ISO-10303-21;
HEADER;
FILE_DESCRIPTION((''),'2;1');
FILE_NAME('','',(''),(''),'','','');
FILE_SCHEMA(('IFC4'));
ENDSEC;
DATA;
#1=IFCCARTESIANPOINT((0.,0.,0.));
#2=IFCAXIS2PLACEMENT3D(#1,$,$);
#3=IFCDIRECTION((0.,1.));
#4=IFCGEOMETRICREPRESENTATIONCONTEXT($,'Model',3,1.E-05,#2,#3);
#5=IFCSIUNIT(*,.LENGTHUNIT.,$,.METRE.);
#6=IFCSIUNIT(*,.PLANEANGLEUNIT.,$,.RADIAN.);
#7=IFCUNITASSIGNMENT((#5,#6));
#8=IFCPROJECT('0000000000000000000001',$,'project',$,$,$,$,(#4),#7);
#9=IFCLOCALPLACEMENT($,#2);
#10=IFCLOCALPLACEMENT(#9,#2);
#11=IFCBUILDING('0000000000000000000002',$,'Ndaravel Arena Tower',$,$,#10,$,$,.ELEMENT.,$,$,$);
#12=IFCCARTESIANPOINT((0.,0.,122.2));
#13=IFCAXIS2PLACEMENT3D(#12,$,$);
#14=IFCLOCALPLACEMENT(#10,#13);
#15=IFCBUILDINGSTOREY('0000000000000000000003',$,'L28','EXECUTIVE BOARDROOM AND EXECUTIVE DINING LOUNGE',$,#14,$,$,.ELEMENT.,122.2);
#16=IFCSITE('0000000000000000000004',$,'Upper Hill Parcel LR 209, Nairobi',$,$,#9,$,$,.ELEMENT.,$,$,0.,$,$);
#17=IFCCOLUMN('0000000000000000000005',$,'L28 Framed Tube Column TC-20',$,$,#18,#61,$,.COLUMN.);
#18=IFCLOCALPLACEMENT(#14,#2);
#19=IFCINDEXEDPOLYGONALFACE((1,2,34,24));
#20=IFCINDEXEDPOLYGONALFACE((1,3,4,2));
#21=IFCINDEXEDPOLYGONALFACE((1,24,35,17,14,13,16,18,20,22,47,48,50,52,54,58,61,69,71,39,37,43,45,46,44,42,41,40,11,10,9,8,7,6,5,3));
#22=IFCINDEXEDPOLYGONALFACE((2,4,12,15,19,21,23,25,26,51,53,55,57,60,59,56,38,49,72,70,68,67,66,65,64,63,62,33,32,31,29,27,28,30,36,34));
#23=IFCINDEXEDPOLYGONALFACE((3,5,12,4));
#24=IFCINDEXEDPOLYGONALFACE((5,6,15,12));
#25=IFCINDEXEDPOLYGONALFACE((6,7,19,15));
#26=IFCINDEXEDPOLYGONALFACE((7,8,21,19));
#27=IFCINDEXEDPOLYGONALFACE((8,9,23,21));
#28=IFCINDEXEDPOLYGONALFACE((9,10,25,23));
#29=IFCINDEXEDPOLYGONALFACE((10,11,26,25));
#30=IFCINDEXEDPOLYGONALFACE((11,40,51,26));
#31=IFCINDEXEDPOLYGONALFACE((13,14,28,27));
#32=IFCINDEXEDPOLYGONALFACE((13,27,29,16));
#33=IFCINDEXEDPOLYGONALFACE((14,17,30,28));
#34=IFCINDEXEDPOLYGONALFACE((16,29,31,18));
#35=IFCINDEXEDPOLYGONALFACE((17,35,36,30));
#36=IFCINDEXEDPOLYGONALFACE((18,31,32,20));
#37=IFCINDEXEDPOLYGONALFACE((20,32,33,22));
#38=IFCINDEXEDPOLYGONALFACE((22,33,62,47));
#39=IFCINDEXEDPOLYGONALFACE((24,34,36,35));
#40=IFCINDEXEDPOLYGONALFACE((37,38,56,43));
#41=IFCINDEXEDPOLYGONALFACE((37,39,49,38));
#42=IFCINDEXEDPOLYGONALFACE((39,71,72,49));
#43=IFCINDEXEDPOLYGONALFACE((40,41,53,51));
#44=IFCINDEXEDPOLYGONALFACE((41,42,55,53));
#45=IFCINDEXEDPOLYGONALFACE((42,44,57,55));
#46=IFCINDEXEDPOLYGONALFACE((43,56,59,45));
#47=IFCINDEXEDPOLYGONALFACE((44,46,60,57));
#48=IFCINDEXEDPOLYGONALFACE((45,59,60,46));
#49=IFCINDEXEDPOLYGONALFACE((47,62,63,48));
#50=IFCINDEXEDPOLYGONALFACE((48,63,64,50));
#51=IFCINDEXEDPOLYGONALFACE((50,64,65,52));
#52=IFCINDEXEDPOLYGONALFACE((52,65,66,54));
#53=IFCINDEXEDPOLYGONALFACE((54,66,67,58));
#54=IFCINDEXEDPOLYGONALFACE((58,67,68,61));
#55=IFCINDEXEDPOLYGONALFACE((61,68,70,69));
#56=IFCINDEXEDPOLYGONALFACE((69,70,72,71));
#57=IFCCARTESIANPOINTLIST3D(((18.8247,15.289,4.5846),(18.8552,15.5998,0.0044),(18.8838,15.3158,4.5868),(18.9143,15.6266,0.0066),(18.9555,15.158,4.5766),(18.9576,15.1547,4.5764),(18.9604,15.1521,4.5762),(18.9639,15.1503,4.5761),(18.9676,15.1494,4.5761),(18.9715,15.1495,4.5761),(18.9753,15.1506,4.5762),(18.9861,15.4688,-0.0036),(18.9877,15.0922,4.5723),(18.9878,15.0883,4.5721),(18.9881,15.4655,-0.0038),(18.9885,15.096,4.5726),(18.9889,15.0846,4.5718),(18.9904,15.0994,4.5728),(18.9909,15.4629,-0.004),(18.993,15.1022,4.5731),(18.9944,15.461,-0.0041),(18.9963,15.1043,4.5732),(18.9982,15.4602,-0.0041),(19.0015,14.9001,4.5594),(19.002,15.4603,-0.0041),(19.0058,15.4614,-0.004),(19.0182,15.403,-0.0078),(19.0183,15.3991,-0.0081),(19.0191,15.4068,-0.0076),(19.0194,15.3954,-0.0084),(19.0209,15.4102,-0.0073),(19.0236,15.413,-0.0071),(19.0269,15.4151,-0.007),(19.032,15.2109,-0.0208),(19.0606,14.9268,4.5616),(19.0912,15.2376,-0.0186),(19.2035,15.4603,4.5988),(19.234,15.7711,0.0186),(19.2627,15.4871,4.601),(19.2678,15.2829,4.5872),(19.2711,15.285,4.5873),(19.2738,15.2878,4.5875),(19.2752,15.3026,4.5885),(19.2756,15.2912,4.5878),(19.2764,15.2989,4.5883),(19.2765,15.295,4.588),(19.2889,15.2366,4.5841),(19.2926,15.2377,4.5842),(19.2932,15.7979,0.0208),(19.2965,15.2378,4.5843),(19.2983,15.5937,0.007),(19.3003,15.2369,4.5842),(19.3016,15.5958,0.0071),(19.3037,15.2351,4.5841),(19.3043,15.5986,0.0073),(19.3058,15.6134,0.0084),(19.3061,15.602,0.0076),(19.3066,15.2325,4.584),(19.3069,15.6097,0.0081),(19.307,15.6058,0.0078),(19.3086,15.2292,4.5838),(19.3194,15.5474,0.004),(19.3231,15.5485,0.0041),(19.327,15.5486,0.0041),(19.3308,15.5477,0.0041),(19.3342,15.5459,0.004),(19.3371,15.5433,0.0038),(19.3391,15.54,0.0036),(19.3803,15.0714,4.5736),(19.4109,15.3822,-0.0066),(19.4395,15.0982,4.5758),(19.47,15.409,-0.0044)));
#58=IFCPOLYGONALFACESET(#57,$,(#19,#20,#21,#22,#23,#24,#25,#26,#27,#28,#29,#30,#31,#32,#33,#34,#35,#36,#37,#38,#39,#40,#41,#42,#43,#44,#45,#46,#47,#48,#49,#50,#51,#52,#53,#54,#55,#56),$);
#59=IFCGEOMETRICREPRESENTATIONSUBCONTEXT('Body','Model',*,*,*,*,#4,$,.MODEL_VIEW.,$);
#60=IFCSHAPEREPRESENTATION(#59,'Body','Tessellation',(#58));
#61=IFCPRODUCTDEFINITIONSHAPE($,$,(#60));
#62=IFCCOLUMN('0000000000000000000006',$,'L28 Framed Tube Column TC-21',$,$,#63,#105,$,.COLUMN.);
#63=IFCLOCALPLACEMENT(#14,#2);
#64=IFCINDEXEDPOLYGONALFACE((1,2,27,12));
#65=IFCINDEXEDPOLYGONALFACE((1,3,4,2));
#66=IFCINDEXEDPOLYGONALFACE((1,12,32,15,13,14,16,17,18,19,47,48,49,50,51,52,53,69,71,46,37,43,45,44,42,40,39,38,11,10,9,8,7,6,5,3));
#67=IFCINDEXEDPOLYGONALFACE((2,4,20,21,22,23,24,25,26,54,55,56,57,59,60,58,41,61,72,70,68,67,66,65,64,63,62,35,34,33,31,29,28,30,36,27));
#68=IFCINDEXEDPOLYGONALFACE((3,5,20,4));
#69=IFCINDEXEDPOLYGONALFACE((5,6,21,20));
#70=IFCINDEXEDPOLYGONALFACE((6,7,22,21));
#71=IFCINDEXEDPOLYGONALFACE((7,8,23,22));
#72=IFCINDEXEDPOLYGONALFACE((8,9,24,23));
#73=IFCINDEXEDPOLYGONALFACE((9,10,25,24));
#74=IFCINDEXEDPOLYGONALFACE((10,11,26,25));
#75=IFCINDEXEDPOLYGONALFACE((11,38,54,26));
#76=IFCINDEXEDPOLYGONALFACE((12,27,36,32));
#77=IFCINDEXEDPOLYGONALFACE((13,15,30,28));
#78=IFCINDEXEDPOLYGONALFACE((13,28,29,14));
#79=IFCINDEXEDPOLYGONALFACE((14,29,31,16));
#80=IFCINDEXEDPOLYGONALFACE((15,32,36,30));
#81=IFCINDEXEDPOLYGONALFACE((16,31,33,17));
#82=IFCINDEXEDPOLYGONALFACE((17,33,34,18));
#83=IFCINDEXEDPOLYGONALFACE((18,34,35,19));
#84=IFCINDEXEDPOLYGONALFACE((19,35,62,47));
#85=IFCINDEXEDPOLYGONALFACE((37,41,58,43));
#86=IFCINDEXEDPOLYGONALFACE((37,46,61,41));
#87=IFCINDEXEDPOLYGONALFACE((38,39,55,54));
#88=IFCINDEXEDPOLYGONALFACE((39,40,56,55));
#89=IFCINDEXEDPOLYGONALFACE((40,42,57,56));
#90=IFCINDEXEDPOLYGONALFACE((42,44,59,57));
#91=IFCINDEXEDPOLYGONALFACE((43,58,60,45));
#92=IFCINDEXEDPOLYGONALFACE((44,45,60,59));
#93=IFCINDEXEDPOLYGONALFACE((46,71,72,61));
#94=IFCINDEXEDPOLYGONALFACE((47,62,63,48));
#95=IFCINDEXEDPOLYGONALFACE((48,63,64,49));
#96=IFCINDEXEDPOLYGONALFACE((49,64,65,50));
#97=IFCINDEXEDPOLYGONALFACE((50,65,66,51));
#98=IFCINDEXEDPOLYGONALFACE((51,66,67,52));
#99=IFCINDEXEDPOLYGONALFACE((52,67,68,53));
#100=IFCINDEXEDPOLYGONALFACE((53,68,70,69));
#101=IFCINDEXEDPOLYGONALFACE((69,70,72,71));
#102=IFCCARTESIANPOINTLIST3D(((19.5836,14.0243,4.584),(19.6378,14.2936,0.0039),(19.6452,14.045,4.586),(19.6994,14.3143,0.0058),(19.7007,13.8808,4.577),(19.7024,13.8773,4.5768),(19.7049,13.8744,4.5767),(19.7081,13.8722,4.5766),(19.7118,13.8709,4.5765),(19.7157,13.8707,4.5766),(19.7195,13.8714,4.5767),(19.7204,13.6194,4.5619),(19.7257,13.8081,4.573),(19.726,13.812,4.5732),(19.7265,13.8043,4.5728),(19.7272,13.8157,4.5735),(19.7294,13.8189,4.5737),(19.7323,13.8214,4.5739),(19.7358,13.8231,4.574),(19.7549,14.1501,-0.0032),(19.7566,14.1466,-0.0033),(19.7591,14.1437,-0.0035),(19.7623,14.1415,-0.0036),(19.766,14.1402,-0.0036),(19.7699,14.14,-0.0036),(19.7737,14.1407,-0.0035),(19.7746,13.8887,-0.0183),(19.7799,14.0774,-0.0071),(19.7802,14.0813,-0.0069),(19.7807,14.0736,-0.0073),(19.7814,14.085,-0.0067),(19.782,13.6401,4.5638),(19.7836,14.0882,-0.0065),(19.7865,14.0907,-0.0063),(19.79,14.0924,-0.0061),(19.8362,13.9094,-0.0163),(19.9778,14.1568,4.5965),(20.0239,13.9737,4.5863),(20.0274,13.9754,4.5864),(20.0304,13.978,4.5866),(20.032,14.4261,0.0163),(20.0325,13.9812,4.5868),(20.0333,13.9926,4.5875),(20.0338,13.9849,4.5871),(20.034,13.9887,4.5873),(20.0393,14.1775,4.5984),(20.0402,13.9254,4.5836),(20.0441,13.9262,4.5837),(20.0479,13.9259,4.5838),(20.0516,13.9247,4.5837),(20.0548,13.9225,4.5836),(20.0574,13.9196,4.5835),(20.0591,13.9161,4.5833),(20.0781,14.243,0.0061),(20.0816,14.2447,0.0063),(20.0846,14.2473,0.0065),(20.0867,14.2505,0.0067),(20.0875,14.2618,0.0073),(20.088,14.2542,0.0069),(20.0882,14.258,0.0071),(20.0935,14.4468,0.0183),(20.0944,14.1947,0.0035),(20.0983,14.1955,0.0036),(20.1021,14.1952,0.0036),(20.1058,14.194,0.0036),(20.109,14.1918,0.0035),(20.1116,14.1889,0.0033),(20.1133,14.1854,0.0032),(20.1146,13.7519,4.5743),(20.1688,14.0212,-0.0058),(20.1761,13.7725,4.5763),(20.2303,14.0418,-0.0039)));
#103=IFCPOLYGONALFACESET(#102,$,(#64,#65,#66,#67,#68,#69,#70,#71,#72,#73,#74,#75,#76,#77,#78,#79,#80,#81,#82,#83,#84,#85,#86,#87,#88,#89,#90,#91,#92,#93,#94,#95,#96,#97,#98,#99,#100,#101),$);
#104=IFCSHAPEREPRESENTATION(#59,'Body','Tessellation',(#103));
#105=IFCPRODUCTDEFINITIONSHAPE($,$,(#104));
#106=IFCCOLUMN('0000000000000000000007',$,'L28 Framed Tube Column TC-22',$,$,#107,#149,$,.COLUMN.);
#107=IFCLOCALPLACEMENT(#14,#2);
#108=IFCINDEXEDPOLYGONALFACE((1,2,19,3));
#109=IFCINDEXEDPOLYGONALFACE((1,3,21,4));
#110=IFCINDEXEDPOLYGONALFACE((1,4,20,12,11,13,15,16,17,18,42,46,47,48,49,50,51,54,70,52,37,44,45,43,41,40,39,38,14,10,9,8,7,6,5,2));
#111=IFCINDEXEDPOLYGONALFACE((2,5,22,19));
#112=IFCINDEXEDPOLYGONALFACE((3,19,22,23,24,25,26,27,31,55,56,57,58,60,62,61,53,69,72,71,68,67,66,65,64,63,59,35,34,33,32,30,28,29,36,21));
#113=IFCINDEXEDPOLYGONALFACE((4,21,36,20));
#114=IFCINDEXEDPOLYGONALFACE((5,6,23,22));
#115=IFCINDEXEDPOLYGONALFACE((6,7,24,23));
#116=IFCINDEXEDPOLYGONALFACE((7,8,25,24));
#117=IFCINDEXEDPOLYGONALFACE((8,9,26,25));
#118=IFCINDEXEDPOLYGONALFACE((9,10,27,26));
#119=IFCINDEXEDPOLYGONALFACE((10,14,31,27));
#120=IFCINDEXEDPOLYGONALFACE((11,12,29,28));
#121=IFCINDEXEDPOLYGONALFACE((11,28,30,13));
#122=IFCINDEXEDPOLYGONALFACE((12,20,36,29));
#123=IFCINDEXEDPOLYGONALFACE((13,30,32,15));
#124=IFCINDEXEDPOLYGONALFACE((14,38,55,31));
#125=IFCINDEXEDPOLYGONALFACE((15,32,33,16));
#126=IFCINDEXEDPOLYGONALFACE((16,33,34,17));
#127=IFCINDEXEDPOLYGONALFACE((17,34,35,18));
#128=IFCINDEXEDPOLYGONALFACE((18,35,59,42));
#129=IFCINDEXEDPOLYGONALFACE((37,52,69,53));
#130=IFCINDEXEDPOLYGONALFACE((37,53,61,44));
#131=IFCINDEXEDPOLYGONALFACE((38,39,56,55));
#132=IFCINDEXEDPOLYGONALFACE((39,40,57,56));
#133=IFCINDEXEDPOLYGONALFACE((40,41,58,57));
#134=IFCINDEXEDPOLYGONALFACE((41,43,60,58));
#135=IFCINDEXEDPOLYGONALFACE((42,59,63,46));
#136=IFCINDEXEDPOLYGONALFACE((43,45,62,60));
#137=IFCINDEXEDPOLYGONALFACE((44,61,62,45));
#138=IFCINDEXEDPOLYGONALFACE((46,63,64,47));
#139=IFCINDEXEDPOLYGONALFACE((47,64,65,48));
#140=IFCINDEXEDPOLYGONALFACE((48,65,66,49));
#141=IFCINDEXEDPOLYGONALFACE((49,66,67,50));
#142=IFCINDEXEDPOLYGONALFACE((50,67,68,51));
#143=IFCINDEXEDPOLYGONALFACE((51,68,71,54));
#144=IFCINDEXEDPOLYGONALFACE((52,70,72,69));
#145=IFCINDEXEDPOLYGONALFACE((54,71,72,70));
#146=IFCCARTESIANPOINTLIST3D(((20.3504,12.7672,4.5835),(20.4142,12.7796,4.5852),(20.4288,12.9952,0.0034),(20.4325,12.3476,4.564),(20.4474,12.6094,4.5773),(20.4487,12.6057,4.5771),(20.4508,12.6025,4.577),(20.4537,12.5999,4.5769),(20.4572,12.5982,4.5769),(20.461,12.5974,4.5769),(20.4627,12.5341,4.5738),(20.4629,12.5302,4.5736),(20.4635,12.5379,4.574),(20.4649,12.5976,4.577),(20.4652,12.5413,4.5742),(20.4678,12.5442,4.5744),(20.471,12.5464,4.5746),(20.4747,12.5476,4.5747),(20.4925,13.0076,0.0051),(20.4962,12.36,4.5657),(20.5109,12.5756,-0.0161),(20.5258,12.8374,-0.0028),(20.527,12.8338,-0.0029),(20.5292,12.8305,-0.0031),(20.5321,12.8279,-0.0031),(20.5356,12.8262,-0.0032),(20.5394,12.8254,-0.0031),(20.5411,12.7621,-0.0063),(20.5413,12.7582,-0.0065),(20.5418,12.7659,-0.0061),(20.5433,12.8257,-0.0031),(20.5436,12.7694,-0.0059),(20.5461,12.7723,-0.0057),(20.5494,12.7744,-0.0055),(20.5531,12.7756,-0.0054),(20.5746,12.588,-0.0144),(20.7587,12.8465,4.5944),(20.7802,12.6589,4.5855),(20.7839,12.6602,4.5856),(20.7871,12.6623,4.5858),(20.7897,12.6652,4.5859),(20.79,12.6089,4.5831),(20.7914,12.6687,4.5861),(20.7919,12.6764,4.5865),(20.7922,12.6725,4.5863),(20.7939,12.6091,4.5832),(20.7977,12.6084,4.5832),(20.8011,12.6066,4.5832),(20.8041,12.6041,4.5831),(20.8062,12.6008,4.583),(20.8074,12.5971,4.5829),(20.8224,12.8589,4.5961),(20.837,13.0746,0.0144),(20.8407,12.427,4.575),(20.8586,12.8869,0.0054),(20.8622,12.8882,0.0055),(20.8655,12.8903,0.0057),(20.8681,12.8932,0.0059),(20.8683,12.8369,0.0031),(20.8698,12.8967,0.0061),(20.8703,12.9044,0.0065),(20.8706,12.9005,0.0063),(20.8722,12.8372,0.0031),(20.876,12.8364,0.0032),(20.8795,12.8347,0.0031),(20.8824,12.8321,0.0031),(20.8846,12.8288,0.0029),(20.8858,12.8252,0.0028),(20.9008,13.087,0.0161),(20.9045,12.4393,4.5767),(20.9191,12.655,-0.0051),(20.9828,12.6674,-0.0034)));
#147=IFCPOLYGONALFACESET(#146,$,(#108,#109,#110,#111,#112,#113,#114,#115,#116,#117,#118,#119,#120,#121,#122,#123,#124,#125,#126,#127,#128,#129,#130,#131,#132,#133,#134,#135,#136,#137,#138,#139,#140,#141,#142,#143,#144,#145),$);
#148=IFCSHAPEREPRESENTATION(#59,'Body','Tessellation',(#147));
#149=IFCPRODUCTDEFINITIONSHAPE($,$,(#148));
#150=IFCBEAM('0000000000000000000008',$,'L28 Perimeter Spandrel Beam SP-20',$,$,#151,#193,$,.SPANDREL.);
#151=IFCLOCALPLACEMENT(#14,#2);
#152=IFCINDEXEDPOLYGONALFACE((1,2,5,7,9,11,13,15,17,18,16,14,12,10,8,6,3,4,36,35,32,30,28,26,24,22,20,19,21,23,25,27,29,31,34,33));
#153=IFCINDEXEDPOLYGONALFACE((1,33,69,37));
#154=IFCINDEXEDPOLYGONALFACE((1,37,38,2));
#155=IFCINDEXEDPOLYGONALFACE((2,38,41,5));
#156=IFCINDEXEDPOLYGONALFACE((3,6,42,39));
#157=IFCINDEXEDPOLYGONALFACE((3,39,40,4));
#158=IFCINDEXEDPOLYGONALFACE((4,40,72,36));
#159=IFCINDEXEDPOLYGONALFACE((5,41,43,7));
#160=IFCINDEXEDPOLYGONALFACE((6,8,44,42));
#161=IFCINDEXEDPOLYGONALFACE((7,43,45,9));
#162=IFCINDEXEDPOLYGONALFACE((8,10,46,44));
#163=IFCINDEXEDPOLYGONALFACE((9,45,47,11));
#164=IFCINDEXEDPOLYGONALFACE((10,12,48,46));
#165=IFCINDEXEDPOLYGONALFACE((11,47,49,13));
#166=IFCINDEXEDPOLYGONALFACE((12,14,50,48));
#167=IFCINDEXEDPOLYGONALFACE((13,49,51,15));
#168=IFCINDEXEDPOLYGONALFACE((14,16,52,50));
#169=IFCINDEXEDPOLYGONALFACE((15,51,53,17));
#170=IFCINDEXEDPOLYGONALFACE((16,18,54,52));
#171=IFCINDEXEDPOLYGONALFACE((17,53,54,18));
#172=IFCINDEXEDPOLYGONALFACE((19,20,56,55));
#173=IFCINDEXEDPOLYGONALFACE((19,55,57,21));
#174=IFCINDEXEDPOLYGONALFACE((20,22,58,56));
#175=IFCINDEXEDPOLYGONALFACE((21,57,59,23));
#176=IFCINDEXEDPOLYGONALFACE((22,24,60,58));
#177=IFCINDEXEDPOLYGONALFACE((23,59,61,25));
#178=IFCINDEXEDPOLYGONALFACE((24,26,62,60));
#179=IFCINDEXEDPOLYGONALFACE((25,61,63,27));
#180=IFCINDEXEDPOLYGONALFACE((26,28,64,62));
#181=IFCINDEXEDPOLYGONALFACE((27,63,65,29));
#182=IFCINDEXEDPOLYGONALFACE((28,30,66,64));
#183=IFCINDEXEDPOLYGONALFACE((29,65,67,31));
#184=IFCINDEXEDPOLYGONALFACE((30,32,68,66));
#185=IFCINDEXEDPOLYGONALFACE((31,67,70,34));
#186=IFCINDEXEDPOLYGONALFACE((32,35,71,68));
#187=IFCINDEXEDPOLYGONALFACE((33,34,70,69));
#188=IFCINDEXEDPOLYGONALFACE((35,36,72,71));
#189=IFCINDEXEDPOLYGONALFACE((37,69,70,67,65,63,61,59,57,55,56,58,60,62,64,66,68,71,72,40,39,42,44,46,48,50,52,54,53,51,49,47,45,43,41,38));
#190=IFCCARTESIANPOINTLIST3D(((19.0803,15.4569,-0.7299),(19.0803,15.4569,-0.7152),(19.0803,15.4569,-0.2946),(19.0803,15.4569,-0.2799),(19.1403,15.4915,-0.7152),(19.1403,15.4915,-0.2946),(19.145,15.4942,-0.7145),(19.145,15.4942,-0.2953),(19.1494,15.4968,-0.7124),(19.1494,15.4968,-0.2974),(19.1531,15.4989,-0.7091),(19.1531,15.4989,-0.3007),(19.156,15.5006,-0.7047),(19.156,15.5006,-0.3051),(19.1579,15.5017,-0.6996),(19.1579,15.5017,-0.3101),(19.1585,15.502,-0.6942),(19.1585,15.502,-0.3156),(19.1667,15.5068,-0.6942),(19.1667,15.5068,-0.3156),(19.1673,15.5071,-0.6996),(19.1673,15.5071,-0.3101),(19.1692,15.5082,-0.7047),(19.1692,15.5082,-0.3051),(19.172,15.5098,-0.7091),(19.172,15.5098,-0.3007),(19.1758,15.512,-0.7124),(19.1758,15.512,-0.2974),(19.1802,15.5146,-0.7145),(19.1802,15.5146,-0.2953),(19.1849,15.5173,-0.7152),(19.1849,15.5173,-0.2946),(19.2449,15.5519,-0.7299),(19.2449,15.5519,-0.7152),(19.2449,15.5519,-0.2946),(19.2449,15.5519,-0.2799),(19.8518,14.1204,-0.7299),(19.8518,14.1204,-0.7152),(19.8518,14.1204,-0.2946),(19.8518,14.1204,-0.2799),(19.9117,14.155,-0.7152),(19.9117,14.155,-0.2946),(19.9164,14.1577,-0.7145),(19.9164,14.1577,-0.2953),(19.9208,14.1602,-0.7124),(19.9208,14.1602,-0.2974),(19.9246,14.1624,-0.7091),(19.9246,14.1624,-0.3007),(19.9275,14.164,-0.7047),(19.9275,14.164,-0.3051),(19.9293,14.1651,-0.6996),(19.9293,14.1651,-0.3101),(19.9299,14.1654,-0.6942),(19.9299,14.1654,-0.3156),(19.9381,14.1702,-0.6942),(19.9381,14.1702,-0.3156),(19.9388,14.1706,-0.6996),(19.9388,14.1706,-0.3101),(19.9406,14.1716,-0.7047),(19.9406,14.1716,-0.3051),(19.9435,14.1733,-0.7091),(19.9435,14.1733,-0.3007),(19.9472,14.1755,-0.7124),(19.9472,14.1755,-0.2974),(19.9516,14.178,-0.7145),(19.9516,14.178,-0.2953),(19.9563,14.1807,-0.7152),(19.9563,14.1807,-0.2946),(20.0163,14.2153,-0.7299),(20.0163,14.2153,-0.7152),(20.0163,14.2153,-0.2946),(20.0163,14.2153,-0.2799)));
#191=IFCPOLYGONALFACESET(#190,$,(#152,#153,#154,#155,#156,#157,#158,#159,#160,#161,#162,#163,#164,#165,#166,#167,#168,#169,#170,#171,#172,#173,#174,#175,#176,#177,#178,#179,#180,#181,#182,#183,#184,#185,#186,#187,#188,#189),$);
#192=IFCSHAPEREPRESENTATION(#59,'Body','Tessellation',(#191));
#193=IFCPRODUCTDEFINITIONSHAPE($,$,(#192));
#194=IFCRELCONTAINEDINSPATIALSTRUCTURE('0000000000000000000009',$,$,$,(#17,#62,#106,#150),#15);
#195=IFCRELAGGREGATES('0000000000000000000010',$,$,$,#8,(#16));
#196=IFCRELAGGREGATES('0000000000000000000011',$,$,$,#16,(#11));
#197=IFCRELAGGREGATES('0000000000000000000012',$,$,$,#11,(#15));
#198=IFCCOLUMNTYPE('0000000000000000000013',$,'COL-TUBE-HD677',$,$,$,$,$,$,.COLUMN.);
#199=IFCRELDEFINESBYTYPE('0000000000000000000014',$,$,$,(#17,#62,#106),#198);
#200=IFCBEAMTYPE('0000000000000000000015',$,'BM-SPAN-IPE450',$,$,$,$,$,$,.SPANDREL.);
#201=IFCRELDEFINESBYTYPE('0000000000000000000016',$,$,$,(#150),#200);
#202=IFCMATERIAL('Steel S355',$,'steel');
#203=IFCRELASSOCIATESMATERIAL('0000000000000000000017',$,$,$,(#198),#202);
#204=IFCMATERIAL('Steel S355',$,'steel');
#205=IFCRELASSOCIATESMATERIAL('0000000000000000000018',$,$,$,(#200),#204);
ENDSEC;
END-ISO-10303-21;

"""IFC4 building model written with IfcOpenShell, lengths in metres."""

from ifc_helpers import new_model, si_unit, direction, frame, origin, origin_2d, place, context, subcontext, project, spatial, i_section, extrude, material, material_profile, profile_set, type_object, element, save


model = new_model("IFC4")

# Units and contexts
model_context = context("Model", 3, precision=1e-05, world=origin(), true_north=direction((0.0, 1.0)))
body_context = subcontext(model_context, "Body", "Model", "MODEL_VIEW")
ifc_project = project(units=[si_unit("LENGTHUNIT", "METRE"), si_unit("PLANEANGLEUNIT", "RADIAN")], contexts=[model_context])

# Site, building, storey
site_placement = place(None, origin())
site = spatial("IfcSite", under=ifc_project, at=site_placement, Name="Upper Hill Parcel LR 209, Nairobi", CompositionType="ELEMENT", RefElevation=0.0)
building_placement = place(site_placement, origin())
building = spatial("IfcBuilding", under=site, at=building_placement, Name="Ndaravel Arena Tower", CompositionType="ELEMENT")
storey_placement = place(building_placement, frame((0.0, 0.0, 122.2)))
storey = spatial("IfcBuildingStorey", under=building, at=storey_placement, Name="L28", Description="EXECUTIVE BOARDROOM AND EXECUTIVE DINING LOUNGE", CompositionType="ELEMENT", Elevation=122.2)

# Columns
ifc_material_1 = material(Name="Steel S355", Category="steel")
ifc_material_profile_1 = material_profile(ifc_material_1, i_section(OverallWidth=0.428, OverallDepth=0.481, WebThickness=0.051, FlangeThickness=0.0649, FilletRadius=0.0149, at=origin_2d()), Name="HD 400x677")
ifc_profile_set_1 = profile_set([ifc_material_profile_1], Name="Steel S355")
column_type = type_object("IfcColumnType", Name="COL-TUBE-HD677", PredefinedType="COLUMN", material=ifc_profile_set_1)
column_1_placement = place(storey_placement, frame((19.1626, 15.5044, 0.0), z_axis=(-0.006648, -0.0677, 0.997684), x_axis=(-0.413172, 0.908745, 0.058912)))
element("IfcColumn", 1, at=column_1_placement, inside=storey, type_object=column_type, Name="L28 Framed Tube Column TC-20", PredefinedType="COLUMN", context=body_context, shape_type="SweptSolid", body=[
    extrude(i_section(OverallWidth=0.428, OverallDepth=0.481, WebThickness=0.051, FlangeThickness=0.0649, FilletRadius=0.0149, at=origin_2d()), origin(), (0.0, 0.0, 1.0), 4.5908),
])
column_2_placement = place(storey_placement, frame((19.9341, 14.1677, 0.0), z_axis=(-0.011812, -0.05869, 0.998206), x_axis=(-0.319599, 0.946133, 0.051846)))
element("IfcColumn", 2, at=column_2_placement, inside=storey, type_object=column_type, Name="L28 Framed Tube Column TC-21", PredefinedType="COLUMN", context=body_context, shape_type="SweptSolid", body=[
    extrude(i_section(OverallWidth=0.428, OverallDepth=0.481, WebThickness=0.051, FlangeThickness=0.0649, FilletRadius=0.0149, at=origin_2d()), origin(), (0.0, 0.0, 1.0), 4.5884),
])
column_3_placement = place(storey_placement, frame((20.7058, 12.8313, 0.0), z_axis=(-0.017087, -0.049718, 0.998617), x_axis=(-0.191764, 0.980384, 0.045529)))
element("IfcColumn", 3, at=column_3_placement, inside=storey, type_object=column_type, Name="L28 Framed Tube Column TC-22", PredefinedType="COLUMN", context=body_context, shape_type="SweptSolid", body=[
    extrude(i_section(OverallWidth=0.428, OverallDepth=0.481, WebThickness=0.051, FlangeThickness=0.0649, FilletRadius=0.0149, at=origin_2d()), origin(), (0.0, 0.0, 1.0), 4.5864),
])

# Beam
ifc_material_2 = material(Name="Steel S355", Category="steel")
ifc_material_profile_2 = material_profile(ifc_material_2, i_section(OverallWidth=0.1899, OverallDepth=0.45, WebThickness=0.0095, FlangeThickness=0.0146, FilletRadius=0.021, at=origin_2d()), Name="IPE 450")
ifc_profile_set_2 = profile_set([ifc_material_profile_2], Name="Steel S355")
beam_type_1 = type_object("IfcBeamType", Name="BM-SPAN-IPE450", PredefinedType="SPANDREL", material=ifc_profile_set_2)
for number, where, z_axis, x_axis, name in (
    (4, (19.1626, 15.5044, -0.5049), (0.499882, -0.866093, 0.0), (0.866093, 0.499882, 0.0), "L28 Perimeter Spandrel Beam SP-20"),
):
    element("IfcBeam", number, at=place(storey_placement, frame(where, z_axis=z_axis, x_axis=x_axis)), inside=storey, type_object=beam_type_1, Name=name, PredefinedType="SPANDREL", context=body_context, shape_type="SweptSolid", body=[
        extrude(i_section(OverallWidth=0.1899, OverallDepth=0.45, WebThickness=0.0095, FlangeThickness=0.0146, FilletRadius=0.021, at=origin_2d()), origin(), (0.0, 0.0, 1.0), 1.5432),
    ])

save(model, "model.ifc")
